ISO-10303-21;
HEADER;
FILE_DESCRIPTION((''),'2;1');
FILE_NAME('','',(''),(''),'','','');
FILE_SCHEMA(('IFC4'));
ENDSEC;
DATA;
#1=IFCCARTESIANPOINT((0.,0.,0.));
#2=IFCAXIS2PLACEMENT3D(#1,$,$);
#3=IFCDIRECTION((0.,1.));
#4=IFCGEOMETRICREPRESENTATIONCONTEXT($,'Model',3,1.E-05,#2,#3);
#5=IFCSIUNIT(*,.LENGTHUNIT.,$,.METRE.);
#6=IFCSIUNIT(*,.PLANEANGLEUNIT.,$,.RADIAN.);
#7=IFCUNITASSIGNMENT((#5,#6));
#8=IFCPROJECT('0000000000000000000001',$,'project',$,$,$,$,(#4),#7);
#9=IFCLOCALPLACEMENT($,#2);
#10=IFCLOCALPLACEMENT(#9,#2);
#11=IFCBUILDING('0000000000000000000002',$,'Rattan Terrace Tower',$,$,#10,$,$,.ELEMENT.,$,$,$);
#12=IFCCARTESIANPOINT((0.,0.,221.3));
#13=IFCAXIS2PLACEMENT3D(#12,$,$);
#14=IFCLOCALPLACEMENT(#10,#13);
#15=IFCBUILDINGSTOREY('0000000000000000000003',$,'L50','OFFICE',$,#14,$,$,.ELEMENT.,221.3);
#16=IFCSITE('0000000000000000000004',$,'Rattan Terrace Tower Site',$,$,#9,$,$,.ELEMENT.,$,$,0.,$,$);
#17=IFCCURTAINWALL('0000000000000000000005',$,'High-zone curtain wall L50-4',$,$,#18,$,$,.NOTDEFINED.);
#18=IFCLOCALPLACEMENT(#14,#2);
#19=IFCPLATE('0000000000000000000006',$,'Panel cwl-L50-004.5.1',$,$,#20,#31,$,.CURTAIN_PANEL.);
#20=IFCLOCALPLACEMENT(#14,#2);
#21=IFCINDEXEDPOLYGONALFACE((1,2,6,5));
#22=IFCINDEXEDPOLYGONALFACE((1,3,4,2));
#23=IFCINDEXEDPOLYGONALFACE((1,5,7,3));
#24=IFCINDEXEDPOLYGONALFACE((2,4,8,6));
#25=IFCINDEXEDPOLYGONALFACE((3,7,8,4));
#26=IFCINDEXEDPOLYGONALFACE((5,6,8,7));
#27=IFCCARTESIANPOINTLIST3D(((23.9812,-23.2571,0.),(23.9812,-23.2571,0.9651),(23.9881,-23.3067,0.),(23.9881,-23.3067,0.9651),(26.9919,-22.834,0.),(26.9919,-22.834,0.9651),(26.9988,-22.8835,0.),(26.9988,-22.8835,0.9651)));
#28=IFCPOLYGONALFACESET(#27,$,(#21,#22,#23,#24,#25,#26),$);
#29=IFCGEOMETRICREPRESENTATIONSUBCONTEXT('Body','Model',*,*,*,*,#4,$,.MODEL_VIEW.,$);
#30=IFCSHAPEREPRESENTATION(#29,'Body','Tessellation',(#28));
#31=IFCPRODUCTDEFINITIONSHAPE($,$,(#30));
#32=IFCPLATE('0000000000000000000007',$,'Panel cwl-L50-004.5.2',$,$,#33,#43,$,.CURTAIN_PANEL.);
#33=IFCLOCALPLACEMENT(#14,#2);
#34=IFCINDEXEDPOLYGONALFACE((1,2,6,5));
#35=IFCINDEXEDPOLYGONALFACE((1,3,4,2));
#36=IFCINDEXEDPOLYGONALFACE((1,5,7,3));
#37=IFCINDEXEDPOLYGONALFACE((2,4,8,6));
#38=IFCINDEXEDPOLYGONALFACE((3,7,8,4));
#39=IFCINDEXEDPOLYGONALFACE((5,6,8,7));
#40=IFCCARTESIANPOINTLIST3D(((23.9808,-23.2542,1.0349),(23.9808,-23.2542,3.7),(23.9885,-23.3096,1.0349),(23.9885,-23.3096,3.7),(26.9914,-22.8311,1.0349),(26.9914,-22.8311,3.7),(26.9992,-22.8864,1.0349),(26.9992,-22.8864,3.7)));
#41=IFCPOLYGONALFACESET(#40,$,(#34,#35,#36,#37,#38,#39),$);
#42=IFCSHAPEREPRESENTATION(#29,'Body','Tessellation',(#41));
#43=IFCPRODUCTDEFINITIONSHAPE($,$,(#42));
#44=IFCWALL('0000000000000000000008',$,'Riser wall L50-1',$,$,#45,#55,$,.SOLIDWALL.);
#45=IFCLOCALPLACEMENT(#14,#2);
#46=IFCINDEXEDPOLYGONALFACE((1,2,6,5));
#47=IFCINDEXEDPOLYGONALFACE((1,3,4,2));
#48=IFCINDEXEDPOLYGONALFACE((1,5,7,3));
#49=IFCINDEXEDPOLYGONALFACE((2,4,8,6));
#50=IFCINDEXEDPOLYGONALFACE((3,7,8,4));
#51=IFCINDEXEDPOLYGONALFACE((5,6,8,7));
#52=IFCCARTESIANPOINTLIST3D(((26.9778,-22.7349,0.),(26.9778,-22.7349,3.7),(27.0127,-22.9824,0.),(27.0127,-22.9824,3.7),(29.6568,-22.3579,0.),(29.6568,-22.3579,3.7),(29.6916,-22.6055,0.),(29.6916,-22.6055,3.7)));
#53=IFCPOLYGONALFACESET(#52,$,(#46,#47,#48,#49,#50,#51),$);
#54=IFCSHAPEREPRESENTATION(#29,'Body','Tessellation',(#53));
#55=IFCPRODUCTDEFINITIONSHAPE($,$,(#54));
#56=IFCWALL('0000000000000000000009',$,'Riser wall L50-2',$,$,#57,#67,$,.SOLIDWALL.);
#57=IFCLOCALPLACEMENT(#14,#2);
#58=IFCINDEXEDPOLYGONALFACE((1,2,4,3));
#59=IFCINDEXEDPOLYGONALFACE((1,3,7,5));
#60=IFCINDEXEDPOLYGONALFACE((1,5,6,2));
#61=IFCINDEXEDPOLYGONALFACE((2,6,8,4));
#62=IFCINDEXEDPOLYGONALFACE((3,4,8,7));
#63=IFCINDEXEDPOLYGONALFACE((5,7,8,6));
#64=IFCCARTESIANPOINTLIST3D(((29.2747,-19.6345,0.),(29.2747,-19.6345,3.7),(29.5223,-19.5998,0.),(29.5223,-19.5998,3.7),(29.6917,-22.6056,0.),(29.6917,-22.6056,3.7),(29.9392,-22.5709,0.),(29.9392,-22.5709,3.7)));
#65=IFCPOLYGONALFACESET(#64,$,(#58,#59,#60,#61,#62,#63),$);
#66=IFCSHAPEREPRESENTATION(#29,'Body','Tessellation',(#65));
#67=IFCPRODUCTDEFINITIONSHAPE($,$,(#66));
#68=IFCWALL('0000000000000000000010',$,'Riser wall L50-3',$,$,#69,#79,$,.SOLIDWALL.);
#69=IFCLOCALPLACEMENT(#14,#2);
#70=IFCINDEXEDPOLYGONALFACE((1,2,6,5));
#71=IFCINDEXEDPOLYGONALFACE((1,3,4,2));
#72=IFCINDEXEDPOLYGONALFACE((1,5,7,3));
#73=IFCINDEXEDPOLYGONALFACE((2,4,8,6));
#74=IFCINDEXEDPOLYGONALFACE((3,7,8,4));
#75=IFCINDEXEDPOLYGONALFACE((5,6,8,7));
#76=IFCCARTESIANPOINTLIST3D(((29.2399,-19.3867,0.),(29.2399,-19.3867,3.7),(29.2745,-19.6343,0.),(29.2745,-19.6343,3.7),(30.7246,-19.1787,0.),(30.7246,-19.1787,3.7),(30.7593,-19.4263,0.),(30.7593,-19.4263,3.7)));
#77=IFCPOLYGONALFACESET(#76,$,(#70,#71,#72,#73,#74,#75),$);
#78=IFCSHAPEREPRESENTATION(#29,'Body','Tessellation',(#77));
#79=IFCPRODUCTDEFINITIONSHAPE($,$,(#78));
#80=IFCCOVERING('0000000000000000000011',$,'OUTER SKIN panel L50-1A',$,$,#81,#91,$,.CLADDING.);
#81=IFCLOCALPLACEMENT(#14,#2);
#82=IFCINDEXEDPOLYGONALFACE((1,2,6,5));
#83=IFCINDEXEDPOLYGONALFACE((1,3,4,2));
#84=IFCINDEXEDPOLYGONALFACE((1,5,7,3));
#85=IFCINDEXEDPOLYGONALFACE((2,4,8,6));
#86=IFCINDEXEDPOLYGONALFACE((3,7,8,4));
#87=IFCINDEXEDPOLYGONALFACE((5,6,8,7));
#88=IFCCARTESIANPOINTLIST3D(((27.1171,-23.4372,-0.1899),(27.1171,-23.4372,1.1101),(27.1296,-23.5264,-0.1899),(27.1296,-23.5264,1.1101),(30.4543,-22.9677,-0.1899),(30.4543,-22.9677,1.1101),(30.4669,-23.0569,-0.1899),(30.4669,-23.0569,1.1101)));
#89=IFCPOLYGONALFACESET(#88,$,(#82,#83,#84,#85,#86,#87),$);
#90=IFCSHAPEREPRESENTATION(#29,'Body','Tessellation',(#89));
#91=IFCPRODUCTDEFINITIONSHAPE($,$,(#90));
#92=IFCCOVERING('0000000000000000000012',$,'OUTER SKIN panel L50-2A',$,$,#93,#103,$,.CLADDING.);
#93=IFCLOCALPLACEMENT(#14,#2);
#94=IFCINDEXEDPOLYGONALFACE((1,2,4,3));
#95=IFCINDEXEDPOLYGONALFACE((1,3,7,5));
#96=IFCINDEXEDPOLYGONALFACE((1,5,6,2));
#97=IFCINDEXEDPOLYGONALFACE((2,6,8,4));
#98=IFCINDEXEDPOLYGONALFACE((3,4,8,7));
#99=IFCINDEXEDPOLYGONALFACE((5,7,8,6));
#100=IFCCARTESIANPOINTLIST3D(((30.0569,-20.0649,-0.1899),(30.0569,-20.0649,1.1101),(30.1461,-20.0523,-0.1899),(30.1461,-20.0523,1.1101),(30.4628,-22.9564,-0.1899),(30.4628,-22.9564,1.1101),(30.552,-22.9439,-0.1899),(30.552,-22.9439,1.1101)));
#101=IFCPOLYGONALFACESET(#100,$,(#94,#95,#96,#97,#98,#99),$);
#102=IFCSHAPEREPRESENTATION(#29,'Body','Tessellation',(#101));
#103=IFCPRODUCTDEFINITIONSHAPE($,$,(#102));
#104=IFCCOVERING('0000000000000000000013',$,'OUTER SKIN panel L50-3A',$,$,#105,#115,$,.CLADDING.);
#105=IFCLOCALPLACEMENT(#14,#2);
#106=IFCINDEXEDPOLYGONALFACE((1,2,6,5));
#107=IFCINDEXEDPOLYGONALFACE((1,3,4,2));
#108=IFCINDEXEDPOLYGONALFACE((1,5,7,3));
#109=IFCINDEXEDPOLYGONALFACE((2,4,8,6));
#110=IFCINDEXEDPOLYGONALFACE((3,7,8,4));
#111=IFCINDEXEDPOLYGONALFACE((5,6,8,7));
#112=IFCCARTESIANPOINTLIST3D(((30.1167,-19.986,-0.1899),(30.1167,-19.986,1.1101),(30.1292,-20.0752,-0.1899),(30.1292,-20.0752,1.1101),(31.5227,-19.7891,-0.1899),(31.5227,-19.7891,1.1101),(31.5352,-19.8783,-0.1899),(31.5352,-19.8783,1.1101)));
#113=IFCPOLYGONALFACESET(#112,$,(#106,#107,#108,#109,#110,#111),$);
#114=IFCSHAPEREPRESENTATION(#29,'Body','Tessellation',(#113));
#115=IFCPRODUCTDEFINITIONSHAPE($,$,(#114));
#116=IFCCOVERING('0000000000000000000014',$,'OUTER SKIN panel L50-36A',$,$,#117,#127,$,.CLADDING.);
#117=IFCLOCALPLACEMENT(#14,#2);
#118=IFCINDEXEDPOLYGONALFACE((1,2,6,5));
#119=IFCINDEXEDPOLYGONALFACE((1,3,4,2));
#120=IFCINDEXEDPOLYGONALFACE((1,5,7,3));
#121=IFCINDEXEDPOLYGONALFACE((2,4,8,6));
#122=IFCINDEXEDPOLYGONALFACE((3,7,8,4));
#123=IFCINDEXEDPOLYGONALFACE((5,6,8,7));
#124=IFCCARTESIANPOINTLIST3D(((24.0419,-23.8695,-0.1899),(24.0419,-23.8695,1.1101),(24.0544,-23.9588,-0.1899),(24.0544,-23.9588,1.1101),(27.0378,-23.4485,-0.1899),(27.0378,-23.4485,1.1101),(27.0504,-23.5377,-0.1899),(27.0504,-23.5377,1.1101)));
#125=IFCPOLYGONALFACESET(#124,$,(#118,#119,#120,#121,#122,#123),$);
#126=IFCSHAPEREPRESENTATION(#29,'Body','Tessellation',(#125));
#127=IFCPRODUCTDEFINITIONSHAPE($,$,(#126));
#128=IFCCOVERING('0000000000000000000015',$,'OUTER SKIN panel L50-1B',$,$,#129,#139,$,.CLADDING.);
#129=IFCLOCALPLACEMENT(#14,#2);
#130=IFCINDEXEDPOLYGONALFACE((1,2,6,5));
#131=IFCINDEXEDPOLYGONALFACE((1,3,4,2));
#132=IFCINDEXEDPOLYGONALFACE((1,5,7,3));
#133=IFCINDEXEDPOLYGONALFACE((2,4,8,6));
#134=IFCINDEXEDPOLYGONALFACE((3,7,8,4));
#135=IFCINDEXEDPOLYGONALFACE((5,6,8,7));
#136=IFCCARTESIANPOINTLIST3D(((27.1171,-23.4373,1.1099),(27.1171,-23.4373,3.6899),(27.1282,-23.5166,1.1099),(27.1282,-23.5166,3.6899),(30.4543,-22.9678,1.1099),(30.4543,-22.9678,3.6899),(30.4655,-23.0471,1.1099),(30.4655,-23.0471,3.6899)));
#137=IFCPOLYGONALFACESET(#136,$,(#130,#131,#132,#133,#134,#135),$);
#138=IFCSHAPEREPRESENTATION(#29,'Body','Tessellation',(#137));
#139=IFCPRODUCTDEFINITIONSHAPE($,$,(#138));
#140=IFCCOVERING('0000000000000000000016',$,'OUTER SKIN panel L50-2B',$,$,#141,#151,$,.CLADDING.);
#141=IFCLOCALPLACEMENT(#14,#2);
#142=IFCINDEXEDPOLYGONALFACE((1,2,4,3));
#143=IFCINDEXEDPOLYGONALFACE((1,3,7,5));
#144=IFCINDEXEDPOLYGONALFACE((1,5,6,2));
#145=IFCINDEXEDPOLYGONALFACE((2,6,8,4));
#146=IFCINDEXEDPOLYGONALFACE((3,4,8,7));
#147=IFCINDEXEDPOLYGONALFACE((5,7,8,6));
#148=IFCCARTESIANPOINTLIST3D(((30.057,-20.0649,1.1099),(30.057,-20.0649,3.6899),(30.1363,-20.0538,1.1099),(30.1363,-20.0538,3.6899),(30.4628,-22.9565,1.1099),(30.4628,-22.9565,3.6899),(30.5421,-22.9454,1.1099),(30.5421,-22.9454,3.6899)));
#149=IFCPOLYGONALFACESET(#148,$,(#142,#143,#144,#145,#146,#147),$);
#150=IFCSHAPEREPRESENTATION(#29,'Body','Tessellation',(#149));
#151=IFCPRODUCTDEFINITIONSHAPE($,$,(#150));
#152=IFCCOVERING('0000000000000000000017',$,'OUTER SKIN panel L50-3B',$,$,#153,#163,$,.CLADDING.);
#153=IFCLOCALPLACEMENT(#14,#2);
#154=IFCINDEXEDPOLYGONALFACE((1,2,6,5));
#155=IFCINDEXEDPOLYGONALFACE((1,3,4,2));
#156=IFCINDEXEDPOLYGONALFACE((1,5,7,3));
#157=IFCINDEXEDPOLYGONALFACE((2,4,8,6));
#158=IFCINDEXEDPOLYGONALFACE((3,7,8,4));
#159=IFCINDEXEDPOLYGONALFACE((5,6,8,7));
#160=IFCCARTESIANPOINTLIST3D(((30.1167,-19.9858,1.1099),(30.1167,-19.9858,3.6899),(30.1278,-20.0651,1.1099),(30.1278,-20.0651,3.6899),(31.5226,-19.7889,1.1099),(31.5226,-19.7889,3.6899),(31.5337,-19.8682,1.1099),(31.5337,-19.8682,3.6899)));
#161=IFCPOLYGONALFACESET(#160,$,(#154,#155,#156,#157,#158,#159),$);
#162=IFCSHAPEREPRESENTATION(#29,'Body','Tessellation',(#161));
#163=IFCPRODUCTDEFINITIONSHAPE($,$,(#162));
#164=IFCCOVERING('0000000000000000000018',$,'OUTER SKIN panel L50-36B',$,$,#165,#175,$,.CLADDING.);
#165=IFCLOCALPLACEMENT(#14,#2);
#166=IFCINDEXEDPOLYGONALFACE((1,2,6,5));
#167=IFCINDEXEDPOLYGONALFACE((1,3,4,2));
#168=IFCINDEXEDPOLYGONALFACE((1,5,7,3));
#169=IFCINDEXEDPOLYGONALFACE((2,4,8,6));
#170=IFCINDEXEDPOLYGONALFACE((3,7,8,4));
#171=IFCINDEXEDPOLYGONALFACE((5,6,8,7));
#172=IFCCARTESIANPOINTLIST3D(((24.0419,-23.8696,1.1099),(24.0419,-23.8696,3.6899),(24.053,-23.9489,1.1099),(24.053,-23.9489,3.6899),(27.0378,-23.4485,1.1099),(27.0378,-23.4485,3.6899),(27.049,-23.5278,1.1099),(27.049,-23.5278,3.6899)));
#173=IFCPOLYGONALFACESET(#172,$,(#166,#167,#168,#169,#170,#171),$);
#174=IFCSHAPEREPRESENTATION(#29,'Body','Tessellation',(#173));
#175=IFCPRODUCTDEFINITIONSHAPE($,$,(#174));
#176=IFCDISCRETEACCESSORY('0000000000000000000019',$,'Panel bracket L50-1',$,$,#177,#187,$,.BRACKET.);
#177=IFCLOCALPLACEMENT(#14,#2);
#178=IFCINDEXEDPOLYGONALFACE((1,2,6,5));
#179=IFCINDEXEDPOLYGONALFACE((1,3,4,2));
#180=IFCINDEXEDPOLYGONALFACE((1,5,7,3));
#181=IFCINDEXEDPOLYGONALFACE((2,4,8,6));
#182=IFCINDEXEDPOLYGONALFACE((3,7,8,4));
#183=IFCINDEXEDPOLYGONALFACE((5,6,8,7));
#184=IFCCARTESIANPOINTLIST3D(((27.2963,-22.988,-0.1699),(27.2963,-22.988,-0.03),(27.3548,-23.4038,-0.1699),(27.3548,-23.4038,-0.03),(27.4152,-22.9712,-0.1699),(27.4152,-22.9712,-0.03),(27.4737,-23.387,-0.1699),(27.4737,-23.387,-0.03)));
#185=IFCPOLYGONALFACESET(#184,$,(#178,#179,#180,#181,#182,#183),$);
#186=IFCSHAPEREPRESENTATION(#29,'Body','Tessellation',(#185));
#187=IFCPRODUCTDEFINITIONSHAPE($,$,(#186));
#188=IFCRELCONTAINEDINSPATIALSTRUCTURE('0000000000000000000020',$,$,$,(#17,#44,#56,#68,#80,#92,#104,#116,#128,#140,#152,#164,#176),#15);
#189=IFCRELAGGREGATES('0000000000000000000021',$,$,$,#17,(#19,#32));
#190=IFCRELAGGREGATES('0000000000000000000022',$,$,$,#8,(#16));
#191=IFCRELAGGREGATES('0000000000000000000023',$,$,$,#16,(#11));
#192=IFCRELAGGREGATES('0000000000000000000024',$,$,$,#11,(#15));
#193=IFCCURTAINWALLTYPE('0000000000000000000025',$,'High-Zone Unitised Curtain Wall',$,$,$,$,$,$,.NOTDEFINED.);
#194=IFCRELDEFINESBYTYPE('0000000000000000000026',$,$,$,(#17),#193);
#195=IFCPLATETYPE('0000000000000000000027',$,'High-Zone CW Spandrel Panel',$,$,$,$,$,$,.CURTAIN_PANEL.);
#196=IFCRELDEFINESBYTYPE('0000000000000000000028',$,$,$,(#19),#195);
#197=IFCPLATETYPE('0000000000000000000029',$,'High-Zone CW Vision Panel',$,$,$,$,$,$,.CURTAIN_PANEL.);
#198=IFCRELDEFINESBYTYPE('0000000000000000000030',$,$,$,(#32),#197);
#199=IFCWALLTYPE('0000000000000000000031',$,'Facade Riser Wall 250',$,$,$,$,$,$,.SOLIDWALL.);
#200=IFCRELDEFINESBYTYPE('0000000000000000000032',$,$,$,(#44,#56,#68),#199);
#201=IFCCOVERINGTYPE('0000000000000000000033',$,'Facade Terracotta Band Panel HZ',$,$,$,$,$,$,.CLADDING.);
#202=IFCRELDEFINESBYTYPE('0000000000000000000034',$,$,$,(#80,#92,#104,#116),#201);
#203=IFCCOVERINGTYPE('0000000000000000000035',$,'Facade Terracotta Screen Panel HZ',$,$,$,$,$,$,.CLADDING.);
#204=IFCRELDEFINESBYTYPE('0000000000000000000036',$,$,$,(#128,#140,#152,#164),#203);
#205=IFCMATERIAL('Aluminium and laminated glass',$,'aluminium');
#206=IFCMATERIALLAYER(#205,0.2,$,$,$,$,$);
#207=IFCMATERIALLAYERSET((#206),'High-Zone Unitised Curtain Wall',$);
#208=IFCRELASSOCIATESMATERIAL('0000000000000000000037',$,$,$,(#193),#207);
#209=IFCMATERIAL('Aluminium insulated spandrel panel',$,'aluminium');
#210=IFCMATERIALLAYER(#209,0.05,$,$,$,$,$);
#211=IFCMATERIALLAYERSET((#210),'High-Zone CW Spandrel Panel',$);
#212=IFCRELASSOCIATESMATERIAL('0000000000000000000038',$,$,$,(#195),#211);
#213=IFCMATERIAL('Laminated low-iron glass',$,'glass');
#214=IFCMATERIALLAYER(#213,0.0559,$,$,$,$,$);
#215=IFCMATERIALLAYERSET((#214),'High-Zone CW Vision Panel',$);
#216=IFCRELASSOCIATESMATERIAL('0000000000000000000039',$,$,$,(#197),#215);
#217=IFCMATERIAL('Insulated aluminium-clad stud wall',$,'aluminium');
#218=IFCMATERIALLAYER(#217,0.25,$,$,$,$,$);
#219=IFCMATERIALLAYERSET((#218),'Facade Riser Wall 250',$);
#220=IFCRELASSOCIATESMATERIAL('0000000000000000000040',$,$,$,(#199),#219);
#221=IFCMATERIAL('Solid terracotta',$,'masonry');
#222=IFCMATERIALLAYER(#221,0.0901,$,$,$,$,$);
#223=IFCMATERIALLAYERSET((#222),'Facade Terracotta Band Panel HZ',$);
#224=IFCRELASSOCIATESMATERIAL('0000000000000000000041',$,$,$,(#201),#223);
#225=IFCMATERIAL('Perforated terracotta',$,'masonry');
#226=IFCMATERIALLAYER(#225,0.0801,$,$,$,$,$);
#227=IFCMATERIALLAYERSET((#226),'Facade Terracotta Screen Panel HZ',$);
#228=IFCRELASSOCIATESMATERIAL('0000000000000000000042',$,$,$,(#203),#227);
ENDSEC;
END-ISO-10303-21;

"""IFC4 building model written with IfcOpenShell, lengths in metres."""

from ifc_helpers import new_model, si_unit, direction, frame, frame_2d, origin, origin_2d, place, context, subcontext, project, spatial, rectangle, extrude, material, layer, layer_set, type_object, element, aggregate, save


model = new_model("IFC4")

# Units and contexts
model_context = context("Model", 3, precision=1e-05, world=origin(), true_north=direction((0.0, 1.0)))
body_context = subcontext(model_context, "Body", "Model", "MODEL_VIEW")
ifc_project = project(units=[si_unit("LENGTHUNIT", "METRE"), si_unit("PLANEANGLEUNIT", "RADIAN")], contexts=[model_context])

# Site, building, storey
site_placement = place(None, origin())
site = spatial("IfcSite", under=ifc_project, at=site_placement, Name="Rattan Terrace Tower Site", CompositionType="ELEMENT", RefElevation=0.0)
building_placement = place(site_placement, origin())
building = spatial("IfcBuilding", under=site, at=building_placement, Name="Rattan Terrace Tower", CompositionType="ELEMENT")
storey_placement = place(building_placement, frame((0.0, 0.0, 221.3)))
storey = spatial("IfcBuildingStorey", under=building, at=storey_placement, Name="L50", Description="OFFICE", CompositionType="ELEMENT", Elevation=221.3)

# Curtain wall, plates
ifc_material_1 = material(Name="Aluminium and laminated glass", Category="aluminium")
ifc_layer_1 = layer(ifc_material_1, 0.2)
ifc_layer_set_1 = layer_set([ifc_layer_1], Name="High-Zone Unitised Curtain Wall")
curtain_wall_type = type_object("IfcCurtainWallType", Name="High-Zone Unitised Curtain Wall", PredefinedType="NOTDEFINED", material=ifc_layer_set_1)
curtain_wall_placement = place(storey_placement, origin())
curtain_wall = element("IfcCurtainWall", 1, at=curtain_wall_placement, inside=storey, type_object=curtain_wall_type, Name="High-zone curtain wall L50-4", PredefinedType="NOTDEFINED")
ifc_material_2 = material(Name="Aluminium insulated spandrel panel", Category="aluminium")
ifc_layer_2 = layer(ifc_material_2, 0.05)
ifc_layer_set_2 = layer_set([ifc_layer_2], Name="High-Zone CW Spandrel Panel")
plate_type_1 = type_object("IfcPlateType", Name="High-Zone CW Spandrel Panel", PredefinedType="CURTAIN_PANEL", material=ifc_layer_set_2)
plate_1_placement = place(storey_placement, frame((25.49, -23.0703, 0.0), z_axis=(0.0, 0.0, 1.0), x_axis=(0.990267, 0.139177, 0.0)))
plate_1 = element("IfcPlate", 2, at=plate_1_placement, type_object=plate_type_1, Name="Panel cwl-L50-004.5.1", PredefinedType="CURTAIN_PANEL", context=body_context, shape_type="SweptSolid", body=[
    extrude(rectangle(XDim=3.0403, YDim=0.05, at=origin_2d()), origin(), (0.0, 0.0, 1.0), 0.9651),
])
ifc_material_3 = material(Name="Laminated low-iron glass", Category="glass")
ifc_layer_3 = layer(ifc_material_3, 0.0559)
ifc_layer_set_3 = layer_set([ifc_layer_3], Name="High-Zone CW Vision Panel")
plate_type_2 = type_object("IfcPlateType", Name="High-Zone CW Vision Panel", PredefinedType="CURTAIN_PANEL", material=ifc_layer_set_3)
plate_2_placement = place(storey_placement, frame((25.49, -23.0703, 1.0349), z_axis=(0.0, 0.0, 1.0), x_axis=(0.990267, 0.139177, 0.0)))
plate_2 = element("IfcPlate", 3, at=plate_2_placement, type_object=plate_type_2, Name="Panel cwl-L50-004.5.2", PredefinedType="CURTAIN_PANEL", context=body_context, shape_type="SweptSolid", body=[
    extrude(rectangle(XDim=3.0403, YDim=0.0559, at=origin_2d()), origin(), (0.0, 0.0, 1.0), 2.665),
])
aggregate(curtain_wall, [plate_1, plate_2])

# Walls
ifc_material_4 = material(Name="Insulated aluminium-clad stud wall", Category="aluminium")
ifc_layer_4 = layer(ifc_material_4, 0.25)
ifc_layer_set_4 = layer_set([ifc_layer_4], Name="Facade Riser Wall 250")
wall_type = type_object("IfcWallType", Name="Facade Riser Wall 250", PredefinedType="SOLIDWALL", material=ifc_layer_set_4)
wall_1_placement = place(storey_placement, frame((26.9954, -22.8586, 0.0), z_axis=(0.0, 0.0, 1.0), x_axis=(0.990245, 0.139336, 0.0)))
element("IfcWall", 4, at=wall_1_placement, inside=storey, type_object=wall_type, Name="Riser wall L50-1", PredefinedType="SOLIDWALL", context=body_context, shape_type="SweptSolid", body=[
    extrude(rectangle(XDim=2.7053, YDim=0.25, at=frame_2d((1.3525, 0.0))), origin(), (0.0, 0.0, 1.0), 3.7),
])
wall_2_placement = place(storey_placement, frame((29.8154, -22.5881, 0.0), z_axis=(0.0, 0.0, 1.0), x_axis=(-0.138983, 0.990295, 0.0)))
element("IfcWall", 5, at=wall_2_placement, inside=storey, type_object=wall_type, Name="Riser wall L50-2", PredefinedType="SOLIDWALL", context=body_context, shape_type="SweptSolid", body=[
    extrude(rectangle(XDim=3.0002, YDim=0.25, at=frame_2d((1.5, 0.0))), origin(), (0.0, 0.0, 1.0), 3.7),
])
wall_3_placement = place(storey_placement, frame((29.2573, -19.5105, 0.0), z_axis=(0.0, 0.0, 1.0), x_axis=(0.99033, 0.138731, 0.0)))
element("IfcWall", 6, at=wall_3_placement, inside=storey, type_object=wall_type, Name="Riser wall L50-3", PredefinedType="SOLIDWALL", context=body_context, shape_type="SweptSolid", body=[
    extrude(rectangle(XDim=1.4993, YDim=0.25, at=frame_2d((0.7495, 0.0))), origin(), (0.0, 0.0, 1.0), 3.7),
])

# Coverings
ifc_material_5 = material(Name="Solid terracotta", Category="masonry")
ifc_layer_5 = layer(ifc_material_5, 0.0901)
ifc_layer_set_5 = layer_set([ifc_layer_5], Name="Facade Terracotta Band Panel HZ")
covering_type_1 = type_object("IfcCoveringType", Name="Facade Terracotta Band Panel HZ", PredefinedType="CLADDING", material=ifc_layer_set_5)
covering_1_placement = place(storey_placement, frame((28.792, -23.2471, -0.1899), z_axis=(0.0, 0.0, 1.0), x_axis=(0.990247, 0.139321, 0.0)))
element("IfcCovering", 7, at=covering_1_placement, inside=storey, type_object=covering_type_1, Name="OUTER SKIN panel L50-1A", PredefinedType="CLADDING", context=body_context, shape_type="SweptSolid", body=[
    extrude(rectangle(XDim=3.3701, YDim=0.0901, at=origin_2d()), origin(), (0.0, 0.0, 1.0), 1.3),
])
covering_2_placement = place(storey_placement, frame((30.3044, -21.5044, -0.1899), z_axis=(0.0, 0.0, 1.0), x_axis=(-0.138994, 0.990293, 0.0)))
element("IfcCovering", 8, at=covering_2_placement, inside=storey, type_object=covering_type_1, Name="OUTER SKIN panel L50-2A", PredefinedType="CLADDING", context=body_context, shape_type="SweptSolid", body=[
    extrude(rectangle(XDim=2.9199, YDim=0.0901, at=origin_2d()), origin(), (0.0, 0.0, 1.0), 1.3),
])
covering_3_placement = place(storey_placement, frame((30.8259, -19.9321, -0.1899), z_axis=(0.0, 0.0, 1.0), x_axis=(0.990333, 0.138713, 0.0)))
element("IfcCovering", 9, at=covering_3_placement, inside=storey, type_object=covering_type_1, Name="OUTER SKIN panel L50-3A", PredefinedType="CLADDING", context=body_context, shape_type="SweptSolid", body=[
    extrude(rectangle(XDim=1.4197, YDim=0.0901, at=origin_2d()), origin(), (0.0, 0.0, 1.0), 1.3),
])
covering_4_placement = place(storey_placement, frame((25.5461, -23.7036, -0.1899), z_axis=(0.0, 0.0, 1.0), x_axis=(0.990267, 0.139177, 0.0)))
element("IfcCovering", 10, at=covering_4_placement, inside=storey, type_object=covering_type_1, Name="OUTER SKIN panel L50-36A", PredefinedType="CLADDING", context=body_context, shape_type="SweptSolid", body=[
    extrude(rectangle(XDim=3.0254, YDim=0.0901, at=origin_2d()), origin(), (0.0, 0.0, 1.0), 1.3),
])
ifc_material_6 = material(Name="Perforated terracotta", Category="masonry")
ifc_layer_6 = layer(ifc_material_6, 0.0801)
ifc_layer_set_6 = layer_set([ifc_layer_6], Name="Facade Terracotta Screen Panel HZ")
covering_type_2 = type_object("IfcCoveringType", Name="Facade Terracotta Screen Panel HZ", PredefinedType="CLADDING", material=ifc_layer_set_6)
covering_5_placement = place(storey_placement, frame((28.7913, -23.2422, 1.1099), z_axis=(0.0, 0.0, 1.0), x_axis=(0.990247, 0.139321, 0.0)))
element("IfcCovering", 11, at=covering_5_placement, inside=storey, type_object=covering_type_2, Name="OUTER SKIN panel L50-1B", PredefinedType="CLADDING", context=body_context, shape_type="SweptSolid", body=[
    extrude(rectangle(XDim=3.3701, YDim=0.0801, at=origin_2d()), origin(), (0.0, 0.0, 1.0), 2.5801),
])
covering_6_placement = place(storey_placement, frame((30.2996, -21.5051, 1.1099), z_axis=(0.0, 0.0, 1.0), x_axis=(-0.138994, 0.990293, 0.0)))
element("IfcCovering", 12, at=covering_6_placement, inside=storey, type_object=covering_type_2, Name="OUTER SKIN panel L50-2B", PredefinedType="CLADDING", context=body_context, shape_type="SweptSolid", body=[
    extrude(rectangle(XDim=2.9199, YDim=0.0801, at=origin_2d()), origin(), (0.0, 0.0, 1.0), 2.5801),
])
covering_7_placement = place(storey_placement, frame((30.8252, -19.927, 1.1099), z_axis=(0.0, 0.0, 1.0), x_axis=(0.990333, 0.138713, 0.0)))
element("IfcCovering", 13, at=covering_7_placement, inside=storey, type_object=covering_type_2, Name="OUTER SKIN panel L50-3B", PredefinedType="CLADDING", context=body_context, shape_type="SweptSolid", body=[
    extrude(rectangle(XDim=1.4197, YDim=0.0801, at=origin_2d()), origin(), (0.0, 0.0, 1.0), 2.5801),
])
covering_8_placement = place(storey_placement, frame((25.5454, -23.6987, 1.1099), z_axis=(0.0, 0.0, 1.0), x_axis=(0.990267, 0.139177, 0.0)))
element("IfcCovering", 14, at=covering_8_placement, inside=storey, type_object=covering_type_2, Name="OUTER SKIN panel L50-36B", PredefinedType="CLADDING", context=body_context, shape_type="SweptSolid", body=[
    extrude(rectangle(XDim=3.0254, YDim=0.0801, at=origin_2d()), origin(), (0.0, 0.0, 1.0), 2.5801),
])

# Discrete accessory
for number, where, z_axis, x_axis, name in (
    (15, (27.385, -23.1875, -0.1699), (0.0, 0.0, 1.0), (0.990247, 0.139321, 0.0), "Panel bracket L50-1"),
):
    element("IfcDiscreteAccessory", number, at=place(storey_placement, frame(where, z_axis=z_axis, x_axis=x_axis)), inside=storey, Name=name, PredefinedType="BRACKET", context=body_context, shape_type="SweptSolid", body=[
        extrude(rectangle(XDim=0.1201, YDim=0.4199, at=origin_2d()), origin(), (0.0, 0.0, 1.0), 0.1399),
    ])

save(model, "model.ifc")
